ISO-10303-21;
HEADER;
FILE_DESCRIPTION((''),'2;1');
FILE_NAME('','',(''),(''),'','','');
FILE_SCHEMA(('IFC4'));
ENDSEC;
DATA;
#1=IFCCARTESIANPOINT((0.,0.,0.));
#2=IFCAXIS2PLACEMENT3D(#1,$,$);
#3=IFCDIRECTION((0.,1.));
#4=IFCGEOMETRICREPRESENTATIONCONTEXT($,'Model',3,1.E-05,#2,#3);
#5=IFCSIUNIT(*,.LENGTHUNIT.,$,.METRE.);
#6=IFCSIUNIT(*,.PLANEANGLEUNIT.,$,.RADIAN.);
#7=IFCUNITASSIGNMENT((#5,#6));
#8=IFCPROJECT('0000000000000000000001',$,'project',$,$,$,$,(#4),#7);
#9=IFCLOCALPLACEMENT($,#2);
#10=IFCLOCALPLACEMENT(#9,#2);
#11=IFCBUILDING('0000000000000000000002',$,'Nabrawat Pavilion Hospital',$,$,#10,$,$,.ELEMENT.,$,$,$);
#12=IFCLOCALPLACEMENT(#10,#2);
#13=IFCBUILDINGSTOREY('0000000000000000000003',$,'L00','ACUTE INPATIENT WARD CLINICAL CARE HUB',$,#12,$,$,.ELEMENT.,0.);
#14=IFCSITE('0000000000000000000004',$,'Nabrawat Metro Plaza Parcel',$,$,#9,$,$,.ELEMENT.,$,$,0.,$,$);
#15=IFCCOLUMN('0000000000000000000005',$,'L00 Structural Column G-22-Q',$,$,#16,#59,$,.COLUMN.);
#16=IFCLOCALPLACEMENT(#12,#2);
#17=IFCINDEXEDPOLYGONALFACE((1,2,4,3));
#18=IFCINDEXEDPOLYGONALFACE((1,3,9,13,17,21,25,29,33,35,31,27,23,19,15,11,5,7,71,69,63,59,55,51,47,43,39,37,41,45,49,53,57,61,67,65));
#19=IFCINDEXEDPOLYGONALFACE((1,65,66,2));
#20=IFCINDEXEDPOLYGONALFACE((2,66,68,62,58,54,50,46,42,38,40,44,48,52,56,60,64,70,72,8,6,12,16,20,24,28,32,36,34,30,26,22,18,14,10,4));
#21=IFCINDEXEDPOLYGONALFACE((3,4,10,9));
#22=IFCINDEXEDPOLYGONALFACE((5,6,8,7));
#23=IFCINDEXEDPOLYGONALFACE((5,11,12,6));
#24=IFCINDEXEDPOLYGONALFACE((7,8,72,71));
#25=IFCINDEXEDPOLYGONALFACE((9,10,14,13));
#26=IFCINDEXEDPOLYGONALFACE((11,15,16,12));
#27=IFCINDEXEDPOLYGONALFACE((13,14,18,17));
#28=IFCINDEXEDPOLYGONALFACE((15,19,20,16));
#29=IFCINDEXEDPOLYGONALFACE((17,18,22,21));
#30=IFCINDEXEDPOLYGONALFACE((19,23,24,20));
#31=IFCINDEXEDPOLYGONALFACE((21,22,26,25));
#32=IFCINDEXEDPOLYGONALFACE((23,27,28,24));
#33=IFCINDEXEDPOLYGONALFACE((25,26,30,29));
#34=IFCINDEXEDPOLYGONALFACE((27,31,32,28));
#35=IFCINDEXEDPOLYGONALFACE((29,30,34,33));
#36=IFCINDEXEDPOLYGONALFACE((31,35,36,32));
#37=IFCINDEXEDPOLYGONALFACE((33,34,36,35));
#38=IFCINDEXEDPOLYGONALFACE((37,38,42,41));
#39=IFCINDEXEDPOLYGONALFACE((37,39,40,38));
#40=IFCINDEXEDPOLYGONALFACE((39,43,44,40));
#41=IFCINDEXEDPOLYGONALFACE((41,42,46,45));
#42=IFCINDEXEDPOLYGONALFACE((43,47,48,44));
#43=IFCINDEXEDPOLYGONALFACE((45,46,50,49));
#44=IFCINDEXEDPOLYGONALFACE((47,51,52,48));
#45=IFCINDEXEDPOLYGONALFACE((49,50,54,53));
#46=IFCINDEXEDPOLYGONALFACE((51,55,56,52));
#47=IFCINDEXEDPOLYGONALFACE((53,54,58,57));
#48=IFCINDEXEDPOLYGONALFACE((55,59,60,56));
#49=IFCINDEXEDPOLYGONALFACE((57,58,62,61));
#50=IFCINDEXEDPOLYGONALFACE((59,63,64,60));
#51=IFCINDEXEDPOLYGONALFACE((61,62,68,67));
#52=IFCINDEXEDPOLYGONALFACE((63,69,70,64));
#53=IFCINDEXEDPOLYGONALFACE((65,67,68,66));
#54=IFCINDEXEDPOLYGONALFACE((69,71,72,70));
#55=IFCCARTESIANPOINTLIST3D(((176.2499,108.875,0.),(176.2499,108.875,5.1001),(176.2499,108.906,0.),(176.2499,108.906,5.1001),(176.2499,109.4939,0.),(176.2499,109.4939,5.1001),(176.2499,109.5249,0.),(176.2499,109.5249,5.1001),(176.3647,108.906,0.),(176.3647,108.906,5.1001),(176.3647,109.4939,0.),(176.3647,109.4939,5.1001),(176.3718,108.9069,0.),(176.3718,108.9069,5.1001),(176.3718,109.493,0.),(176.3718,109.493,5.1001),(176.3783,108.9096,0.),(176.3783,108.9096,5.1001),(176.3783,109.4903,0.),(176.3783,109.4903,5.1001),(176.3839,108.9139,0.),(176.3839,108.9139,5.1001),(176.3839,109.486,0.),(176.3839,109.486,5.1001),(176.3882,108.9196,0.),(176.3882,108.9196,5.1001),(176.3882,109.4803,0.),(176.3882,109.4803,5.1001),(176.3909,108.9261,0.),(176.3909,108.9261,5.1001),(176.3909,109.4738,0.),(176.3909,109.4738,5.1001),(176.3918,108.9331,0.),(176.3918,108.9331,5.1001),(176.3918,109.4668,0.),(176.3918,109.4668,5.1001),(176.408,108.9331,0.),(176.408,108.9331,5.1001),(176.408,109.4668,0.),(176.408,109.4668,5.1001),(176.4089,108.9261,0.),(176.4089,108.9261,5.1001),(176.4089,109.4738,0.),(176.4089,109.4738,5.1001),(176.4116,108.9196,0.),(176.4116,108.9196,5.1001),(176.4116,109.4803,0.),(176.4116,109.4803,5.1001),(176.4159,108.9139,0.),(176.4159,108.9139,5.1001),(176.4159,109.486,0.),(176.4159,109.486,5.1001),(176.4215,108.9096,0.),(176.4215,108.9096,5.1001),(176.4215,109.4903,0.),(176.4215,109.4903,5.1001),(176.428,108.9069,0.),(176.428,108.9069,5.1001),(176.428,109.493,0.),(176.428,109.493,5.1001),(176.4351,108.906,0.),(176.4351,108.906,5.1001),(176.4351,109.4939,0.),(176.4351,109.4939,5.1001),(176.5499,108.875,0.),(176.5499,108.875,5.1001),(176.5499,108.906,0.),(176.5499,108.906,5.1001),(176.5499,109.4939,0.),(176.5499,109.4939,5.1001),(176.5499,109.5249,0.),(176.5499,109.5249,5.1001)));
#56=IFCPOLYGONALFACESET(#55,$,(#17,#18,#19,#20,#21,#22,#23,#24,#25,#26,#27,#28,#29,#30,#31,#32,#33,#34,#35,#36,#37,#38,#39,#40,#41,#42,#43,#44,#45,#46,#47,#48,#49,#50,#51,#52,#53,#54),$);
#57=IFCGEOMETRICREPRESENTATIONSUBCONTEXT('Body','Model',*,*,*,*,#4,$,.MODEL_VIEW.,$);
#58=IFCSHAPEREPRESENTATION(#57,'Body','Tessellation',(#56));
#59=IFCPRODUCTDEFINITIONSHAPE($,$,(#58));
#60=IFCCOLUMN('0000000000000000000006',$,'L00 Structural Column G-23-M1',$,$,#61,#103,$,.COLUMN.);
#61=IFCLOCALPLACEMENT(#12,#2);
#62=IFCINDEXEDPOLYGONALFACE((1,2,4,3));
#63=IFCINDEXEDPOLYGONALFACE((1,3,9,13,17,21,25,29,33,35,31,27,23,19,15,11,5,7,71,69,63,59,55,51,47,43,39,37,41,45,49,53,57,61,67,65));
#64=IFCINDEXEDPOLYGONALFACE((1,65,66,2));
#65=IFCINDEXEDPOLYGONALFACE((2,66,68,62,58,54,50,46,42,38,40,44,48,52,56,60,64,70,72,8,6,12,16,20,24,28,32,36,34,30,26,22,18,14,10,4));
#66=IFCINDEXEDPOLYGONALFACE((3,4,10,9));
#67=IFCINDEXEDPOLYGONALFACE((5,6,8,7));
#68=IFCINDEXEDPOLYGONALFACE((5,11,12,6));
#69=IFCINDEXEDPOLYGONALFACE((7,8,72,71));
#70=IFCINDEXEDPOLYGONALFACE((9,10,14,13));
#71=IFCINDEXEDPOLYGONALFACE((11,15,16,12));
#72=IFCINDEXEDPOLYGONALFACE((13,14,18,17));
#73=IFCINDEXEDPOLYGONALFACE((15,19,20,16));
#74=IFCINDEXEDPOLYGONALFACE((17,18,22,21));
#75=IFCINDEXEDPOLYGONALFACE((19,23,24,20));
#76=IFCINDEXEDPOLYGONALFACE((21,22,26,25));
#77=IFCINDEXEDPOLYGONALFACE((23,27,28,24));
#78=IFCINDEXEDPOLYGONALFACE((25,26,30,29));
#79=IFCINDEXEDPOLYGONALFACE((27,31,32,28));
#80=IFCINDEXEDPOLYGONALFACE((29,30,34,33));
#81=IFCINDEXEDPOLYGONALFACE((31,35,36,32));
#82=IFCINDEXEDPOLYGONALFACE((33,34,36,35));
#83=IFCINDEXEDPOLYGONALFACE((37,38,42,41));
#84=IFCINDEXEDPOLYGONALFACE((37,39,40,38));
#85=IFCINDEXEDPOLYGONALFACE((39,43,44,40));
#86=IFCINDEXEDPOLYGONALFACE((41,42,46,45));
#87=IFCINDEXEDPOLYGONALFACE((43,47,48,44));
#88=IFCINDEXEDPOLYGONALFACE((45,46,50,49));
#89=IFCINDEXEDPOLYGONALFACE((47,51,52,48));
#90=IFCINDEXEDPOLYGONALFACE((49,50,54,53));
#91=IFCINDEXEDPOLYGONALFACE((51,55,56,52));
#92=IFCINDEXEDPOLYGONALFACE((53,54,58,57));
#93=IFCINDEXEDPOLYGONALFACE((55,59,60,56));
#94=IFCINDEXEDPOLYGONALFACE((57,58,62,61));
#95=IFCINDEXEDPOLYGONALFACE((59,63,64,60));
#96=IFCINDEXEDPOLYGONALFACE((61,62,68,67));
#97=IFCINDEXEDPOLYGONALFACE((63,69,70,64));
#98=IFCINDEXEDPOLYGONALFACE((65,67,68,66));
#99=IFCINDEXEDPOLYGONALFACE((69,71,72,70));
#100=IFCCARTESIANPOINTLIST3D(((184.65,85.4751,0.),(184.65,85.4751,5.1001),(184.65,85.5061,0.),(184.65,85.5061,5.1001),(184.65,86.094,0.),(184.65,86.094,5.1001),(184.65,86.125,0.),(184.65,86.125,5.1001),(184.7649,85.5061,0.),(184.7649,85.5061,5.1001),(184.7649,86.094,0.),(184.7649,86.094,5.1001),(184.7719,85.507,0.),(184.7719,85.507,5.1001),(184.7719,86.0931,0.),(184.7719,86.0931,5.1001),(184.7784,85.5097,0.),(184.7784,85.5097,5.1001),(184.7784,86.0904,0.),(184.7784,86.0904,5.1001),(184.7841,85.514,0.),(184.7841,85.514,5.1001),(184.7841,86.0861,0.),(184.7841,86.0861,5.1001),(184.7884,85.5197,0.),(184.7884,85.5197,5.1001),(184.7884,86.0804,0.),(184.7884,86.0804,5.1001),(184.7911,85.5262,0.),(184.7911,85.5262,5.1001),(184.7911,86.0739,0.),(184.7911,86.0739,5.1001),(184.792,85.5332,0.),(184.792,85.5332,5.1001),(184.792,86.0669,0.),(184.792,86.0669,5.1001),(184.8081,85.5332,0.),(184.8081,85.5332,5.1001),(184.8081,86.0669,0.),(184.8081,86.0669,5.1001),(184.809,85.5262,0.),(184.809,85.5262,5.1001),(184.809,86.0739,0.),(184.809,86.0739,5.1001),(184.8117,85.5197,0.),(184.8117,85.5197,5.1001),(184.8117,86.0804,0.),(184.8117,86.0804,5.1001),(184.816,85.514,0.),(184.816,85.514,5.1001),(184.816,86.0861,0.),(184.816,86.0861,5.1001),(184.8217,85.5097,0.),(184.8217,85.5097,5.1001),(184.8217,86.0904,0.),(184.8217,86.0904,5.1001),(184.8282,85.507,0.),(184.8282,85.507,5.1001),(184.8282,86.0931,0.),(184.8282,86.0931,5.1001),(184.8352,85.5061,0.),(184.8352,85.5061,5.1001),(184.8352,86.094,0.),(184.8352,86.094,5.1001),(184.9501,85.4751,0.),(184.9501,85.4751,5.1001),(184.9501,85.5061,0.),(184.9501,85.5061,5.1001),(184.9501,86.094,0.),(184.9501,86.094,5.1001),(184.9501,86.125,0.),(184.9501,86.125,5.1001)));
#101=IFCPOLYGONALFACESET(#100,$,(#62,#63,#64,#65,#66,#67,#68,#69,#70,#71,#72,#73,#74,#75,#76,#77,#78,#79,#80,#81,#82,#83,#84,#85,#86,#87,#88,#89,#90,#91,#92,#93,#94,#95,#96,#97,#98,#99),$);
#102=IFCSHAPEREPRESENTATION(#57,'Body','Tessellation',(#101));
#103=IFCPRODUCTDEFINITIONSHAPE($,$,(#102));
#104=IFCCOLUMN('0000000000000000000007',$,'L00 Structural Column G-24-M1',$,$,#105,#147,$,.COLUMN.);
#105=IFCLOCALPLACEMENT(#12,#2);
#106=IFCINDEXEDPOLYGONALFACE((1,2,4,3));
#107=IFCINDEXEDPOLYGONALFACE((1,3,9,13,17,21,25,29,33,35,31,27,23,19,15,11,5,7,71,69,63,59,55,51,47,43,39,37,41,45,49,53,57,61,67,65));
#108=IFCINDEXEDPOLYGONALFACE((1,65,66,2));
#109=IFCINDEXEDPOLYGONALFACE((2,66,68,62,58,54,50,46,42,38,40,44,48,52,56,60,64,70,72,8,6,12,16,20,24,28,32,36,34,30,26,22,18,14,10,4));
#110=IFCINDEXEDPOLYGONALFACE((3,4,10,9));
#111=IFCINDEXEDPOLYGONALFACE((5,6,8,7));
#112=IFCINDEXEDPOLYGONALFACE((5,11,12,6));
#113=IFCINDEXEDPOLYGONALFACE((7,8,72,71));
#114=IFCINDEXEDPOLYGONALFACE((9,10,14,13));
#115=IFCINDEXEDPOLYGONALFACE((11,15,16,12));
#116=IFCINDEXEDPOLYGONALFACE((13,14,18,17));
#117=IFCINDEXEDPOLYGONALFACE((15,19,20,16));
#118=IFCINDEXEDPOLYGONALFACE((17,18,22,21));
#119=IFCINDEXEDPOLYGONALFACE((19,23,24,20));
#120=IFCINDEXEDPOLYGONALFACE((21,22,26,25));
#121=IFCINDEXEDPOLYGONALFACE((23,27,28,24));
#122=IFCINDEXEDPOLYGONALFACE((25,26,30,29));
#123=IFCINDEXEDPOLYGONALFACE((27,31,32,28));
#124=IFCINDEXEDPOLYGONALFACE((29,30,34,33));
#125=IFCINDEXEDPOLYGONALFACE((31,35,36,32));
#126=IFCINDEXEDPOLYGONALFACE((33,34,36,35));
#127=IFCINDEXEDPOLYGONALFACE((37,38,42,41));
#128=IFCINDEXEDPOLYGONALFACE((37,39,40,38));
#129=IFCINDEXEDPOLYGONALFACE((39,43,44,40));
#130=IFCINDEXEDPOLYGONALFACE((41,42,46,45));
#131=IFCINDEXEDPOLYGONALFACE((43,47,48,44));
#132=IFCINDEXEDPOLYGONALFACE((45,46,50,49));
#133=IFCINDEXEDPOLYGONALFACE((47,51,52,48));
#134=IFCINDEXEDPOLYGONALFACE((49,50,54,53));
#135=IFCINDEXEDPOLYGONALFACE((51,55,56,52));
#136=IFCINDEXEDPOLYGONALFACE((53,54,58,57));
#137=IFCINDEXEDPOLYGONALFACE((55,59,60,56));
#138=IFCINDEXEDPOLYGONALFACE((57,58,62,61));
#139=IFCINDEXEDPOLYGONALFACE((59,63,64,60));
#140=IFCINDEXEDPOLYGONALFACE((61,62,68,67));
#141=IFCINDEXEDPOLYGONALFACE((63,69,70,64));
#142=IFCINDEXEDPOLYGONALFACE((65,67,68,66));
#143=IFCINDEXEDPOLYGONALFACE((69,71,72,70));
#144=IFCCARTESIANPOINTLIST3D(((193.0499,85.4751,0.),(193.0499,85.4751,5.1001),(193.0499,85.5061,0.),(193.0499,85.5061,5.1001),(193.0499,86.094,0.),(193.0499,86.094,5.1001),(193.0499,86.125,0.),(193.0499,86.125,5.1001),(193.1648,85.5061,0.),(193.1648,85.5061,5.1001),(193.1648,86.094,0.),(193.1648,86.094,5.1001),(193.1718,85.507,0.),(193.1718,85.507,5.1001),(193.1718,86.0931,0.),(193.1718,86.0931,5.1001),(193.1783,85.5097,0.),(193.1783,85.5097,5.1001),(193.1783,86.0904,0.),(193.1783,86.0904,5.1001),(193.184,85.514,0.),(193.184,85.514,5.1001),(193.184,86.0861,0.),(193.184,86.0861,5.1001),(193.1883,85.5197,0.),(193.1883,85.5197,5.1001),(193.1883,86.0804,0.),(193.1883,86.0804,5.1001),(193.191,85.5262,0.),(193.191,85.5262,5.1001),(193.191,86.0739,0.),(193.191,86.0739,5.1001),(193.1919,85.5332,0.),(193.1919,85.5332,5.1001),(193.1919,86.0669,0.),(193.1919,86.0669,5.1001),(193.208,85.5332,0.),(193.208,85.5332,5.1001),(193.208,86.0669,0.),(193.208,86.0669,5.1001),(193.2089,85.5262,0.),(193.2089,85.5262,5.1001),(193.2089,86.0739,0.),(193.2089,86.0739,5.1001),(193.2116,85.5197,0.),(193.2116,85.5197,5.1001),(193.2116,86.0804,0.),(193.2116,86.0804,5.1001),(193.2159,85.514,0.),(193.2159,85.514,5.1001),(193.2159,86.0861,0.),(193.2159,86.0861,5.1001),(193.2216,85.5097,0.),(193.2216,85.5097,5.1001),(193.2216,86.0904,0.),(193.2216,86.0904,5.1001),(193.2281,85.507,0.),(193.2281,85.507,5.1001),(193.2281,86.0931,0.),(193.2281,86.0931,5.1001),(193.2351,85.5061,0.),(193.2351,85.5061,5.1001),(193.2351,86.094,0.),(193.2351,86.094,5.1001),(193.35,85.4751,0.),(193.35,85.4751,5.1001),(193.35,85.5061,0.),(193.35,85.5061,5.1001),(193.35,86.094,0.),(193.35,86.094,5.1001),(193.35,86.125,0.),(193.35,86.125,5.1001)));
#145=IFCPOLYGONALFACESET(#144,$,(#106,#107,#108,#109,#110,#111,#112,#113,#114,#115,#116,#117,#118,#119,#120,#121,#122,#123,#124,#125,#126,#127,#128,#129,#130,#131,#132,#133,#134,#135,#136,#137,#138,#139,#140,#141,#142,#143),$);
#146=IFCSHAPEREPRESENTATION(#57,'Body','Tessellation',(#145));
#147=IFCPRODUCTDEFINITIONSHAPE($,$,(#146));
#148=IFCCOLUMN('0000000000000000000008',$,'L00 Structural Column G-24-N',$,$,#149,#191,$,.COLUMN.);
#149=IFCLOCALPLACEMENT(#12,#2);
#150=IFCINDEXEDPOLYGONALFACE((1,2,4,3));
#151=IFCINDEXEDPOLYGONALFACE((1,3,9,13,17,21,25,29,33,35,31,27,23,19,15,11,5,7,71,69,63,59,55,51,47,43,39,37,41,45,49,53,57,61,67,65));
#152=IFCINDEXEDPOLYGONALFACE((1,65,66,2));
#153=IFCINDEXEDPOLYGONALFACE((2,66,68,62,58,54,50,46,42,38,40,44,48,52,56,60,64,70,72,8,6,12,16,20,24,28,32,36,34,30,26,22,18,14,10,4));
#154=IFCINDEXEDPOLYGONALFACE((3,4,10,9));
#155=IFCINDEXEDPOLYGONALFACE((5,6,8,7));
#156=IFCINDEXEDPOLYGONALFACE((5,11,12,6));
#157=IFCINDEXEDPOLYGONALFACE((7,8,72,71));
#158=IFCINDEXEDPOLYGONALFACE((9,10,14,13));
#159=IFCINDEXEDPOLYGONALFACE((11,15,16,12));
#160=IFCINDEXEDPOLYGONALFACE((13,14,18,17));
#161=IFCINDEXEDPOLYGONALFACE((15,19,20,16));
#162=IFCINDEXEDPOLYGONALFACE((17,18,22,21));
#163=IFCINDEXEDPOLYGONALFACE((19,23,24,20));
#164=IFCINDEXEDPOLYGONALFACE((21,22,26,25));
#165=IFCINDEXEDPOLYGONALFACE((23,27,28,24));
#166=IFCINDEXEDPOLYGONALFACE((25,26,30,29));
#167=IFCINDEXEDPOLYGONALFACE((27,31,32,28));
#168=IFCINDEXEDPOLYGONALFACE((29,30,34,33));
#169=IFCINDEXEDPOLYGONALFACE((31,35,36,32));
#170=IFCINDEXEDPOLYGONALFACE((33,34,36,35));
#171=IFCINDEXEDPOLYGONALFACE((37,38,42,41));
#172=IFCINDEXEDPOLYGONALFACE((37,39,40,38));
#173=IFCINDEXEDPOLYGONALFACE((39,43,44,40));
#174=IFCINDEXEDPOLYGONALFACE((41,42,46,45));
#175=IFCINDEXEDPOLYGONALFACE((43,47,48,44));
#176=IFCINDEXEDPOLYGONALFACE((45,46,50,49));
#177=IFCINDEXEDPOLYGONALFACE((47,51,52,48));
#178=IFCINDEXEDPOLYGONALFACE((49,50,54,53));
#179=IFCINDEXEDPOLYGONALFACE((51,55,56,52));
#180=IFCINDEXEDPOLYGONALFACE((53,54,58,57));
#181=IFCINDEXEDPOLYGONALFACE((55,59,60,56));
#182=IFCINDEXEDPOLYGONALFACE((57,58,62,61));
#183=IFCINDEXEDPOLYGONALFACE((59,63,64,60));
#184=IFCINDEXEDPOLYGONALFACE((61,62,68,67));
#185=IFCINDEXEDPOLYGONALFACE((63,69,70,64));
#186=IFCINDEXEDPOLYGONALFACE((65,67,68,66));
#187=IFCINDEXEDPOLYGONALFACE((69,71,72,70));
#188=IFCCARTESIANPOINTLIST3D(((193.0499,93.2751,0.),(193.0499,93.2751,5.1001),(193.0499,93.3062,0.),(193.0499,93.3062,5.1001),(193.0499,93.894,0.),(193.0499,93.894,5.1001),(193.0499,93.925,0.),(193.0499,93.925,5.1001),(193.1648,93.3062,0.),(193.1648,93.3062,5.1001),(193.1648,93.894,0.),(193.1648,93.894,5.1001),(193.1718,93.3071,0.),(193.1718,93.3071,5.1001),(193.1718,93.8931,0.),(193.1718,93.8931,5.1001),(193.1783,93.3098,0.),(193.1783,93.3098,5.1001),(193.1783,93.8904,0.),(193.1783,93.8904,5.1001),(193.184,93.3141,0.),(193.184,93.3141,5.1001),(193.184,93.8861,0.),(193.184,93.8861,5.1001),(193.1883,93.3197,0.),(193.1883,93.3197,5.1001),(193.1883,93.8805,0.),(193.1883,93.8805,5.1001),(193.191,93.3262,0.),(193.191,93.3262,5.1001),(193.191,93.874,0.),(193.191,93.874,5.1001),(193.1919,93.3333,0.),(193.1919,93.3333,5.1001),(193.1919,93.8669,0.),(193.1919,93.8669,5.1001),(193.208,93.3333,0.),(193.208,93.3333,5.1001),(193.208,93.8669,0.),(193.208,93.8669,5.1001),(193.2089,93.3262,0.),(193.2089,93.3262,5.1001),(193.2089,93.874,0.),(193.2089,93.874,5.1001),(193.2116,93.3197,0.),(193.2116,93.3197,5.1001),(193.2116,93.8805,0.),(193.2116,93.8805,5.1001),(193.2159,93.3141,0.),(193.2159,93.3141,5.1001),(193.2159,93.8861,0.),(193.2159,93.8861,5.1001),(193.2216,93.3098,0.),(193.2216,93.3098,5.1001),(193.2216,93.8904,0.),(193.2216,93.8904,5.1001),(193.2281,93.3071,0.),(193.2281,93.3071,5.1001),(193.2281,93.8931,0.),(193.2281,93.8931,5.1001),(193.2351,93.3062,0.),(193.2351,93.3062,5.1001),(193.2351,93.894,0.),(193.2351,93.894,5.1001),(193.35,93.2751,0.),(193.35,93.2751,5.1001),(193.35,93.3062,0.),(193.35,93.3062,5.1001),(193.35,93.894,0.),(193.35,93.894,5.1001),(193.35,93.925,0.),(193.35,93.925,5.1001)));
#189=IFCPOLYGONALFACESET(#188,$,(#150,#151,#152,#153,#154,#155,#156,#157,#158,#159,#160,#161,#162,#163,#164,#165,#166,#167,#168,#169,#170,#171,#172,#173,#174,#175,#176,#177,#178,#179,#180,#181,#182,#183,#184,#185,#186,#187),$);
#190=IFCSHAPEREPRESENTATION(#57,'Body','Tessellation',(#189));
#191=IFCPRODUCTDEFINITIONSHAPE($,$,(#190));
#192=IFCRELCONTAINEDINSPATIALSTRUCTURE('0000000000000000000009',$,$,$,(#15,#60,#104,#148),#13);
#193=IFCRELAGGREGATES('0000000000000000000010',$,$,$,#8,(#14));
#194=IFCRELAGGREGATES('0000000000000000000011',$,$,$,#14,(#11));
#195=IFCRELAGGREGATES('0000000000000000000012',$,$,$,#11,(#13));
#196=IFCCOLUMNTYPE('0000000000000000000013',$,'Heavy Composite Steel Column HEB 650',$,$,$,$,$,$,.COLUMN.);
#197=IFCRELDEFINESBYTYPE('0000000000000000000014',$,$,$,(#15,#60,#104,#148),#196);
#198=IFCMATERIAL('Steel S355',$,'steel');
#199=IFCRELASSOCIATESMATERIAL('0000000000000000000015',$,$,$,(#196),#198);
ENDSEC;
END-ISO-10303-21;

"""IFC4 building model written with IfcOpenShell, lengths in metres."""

from ifc_helpers import new_model, si_unit, direction, frame, origin, origin_2d, place, context, subcontext, project, spatial, i_section, extrude, material, material_profile, profile_set, type_object, element, save


model = new_model("IFC4")

# Units and contexts
model_context = context("Model", 3, precision=1e-05, world=origin(), true_north=direction((0.0, 1.0)))
body_context = subcontext(model_context, "Body", "Model", "MODEL_VIEW")
ifc_project = project(units=[si_unit("LENGTHUNIT", "METRE"), si_unit("PLANEANGLEUNIT", "RADIAN")], contexts=[model_context])

# Site, building, storey
site_placement = place(None, origin())
site = spatial("IfcSite", under=ifc_project, at=site_placement, Name="Nabrawat Metro Plaza Parcel", CompositionType="ELEMENT", RefElevation=0.0)
building_placement = place(site_placement, origin())
building = spatial("IfcBuilding", under=site, at=building_placement, Name="Nabrawat Pavilion Hospital", CompositionType="ELEMENT")
storey_placement = place(building_placement, origin())
storey = spatial("IfcBuildingStorey", under=building, at=storey_placement, Name="L00", Description="ACUTE INPATIENT WARD CLINICAL CARE HUB", CompositionType="ELEMENT", Elevation=0.0)

# Columns
ifc_material_1 = material(Name="Steel S355", Category="steel")
ifc_material_profile_1 = material_profile(ifc_material_1, i_section(OverallWidth=0.3, OverallDepth=0.6499, WebThickness=0.0161, FlangeThickness=0.031, FilletRadius=0.0271, at=origin_2d()), Name="HEB 650")
ifc_profile_set_1 = profile_set([ifc_material_profile_1], Name="Steel S355")
column_type = type_object("IfcColumnType", Name="Heavy Composite Steel Column HEB 650", PredefinedType="COLUMN", material=ifc_profile_set_1)
for number, where, z_axis, x_axis, name in (
    (1, (176.3999, 109.2, 0.0), (0.0, 0.0, 1.0), (1.0, 0.0, 0.0), "L00 Structural Column G-22-Q"),
    (2, (184.8, 85.8, 0.0), (0.0, 0.0, 1.0), (1.0, 0.0, 0.0), "L00 Structural Column G-23-M1"),
    (3, (193.2, 85.8, 0.0), (0.0, 0.0, 1.0), (1.0, 0.0, 0.0), "L00 Structural Column G-24-M1"),
    (4, (193.2, 93.6001, 0.0), (0.0, 0.0, 1.0), (1.0, 0.0, 0.0), "L00 Structural Column G-24-N"),
):
    element("IfcColumn", number, at=place(storey_placement, frame(where, z_axis=z_axis, x_axis=x_axis)), inside=storey, type_object=column_type, Name=name, PredefinedType="COLUMN", context=body_context, shape_type="SweptSolid", body=[
        extrude(i_section(OverallWidth=0.3, OverallDepth=0.6499, WebThickness=0.0161, FlangeThickness=0.031, FilletRadius=0.0271, at=origin_2d()), origin(), (0.0, 0.0, 1.0), 5.1001),
    ])

save(model, "model.ifc")
